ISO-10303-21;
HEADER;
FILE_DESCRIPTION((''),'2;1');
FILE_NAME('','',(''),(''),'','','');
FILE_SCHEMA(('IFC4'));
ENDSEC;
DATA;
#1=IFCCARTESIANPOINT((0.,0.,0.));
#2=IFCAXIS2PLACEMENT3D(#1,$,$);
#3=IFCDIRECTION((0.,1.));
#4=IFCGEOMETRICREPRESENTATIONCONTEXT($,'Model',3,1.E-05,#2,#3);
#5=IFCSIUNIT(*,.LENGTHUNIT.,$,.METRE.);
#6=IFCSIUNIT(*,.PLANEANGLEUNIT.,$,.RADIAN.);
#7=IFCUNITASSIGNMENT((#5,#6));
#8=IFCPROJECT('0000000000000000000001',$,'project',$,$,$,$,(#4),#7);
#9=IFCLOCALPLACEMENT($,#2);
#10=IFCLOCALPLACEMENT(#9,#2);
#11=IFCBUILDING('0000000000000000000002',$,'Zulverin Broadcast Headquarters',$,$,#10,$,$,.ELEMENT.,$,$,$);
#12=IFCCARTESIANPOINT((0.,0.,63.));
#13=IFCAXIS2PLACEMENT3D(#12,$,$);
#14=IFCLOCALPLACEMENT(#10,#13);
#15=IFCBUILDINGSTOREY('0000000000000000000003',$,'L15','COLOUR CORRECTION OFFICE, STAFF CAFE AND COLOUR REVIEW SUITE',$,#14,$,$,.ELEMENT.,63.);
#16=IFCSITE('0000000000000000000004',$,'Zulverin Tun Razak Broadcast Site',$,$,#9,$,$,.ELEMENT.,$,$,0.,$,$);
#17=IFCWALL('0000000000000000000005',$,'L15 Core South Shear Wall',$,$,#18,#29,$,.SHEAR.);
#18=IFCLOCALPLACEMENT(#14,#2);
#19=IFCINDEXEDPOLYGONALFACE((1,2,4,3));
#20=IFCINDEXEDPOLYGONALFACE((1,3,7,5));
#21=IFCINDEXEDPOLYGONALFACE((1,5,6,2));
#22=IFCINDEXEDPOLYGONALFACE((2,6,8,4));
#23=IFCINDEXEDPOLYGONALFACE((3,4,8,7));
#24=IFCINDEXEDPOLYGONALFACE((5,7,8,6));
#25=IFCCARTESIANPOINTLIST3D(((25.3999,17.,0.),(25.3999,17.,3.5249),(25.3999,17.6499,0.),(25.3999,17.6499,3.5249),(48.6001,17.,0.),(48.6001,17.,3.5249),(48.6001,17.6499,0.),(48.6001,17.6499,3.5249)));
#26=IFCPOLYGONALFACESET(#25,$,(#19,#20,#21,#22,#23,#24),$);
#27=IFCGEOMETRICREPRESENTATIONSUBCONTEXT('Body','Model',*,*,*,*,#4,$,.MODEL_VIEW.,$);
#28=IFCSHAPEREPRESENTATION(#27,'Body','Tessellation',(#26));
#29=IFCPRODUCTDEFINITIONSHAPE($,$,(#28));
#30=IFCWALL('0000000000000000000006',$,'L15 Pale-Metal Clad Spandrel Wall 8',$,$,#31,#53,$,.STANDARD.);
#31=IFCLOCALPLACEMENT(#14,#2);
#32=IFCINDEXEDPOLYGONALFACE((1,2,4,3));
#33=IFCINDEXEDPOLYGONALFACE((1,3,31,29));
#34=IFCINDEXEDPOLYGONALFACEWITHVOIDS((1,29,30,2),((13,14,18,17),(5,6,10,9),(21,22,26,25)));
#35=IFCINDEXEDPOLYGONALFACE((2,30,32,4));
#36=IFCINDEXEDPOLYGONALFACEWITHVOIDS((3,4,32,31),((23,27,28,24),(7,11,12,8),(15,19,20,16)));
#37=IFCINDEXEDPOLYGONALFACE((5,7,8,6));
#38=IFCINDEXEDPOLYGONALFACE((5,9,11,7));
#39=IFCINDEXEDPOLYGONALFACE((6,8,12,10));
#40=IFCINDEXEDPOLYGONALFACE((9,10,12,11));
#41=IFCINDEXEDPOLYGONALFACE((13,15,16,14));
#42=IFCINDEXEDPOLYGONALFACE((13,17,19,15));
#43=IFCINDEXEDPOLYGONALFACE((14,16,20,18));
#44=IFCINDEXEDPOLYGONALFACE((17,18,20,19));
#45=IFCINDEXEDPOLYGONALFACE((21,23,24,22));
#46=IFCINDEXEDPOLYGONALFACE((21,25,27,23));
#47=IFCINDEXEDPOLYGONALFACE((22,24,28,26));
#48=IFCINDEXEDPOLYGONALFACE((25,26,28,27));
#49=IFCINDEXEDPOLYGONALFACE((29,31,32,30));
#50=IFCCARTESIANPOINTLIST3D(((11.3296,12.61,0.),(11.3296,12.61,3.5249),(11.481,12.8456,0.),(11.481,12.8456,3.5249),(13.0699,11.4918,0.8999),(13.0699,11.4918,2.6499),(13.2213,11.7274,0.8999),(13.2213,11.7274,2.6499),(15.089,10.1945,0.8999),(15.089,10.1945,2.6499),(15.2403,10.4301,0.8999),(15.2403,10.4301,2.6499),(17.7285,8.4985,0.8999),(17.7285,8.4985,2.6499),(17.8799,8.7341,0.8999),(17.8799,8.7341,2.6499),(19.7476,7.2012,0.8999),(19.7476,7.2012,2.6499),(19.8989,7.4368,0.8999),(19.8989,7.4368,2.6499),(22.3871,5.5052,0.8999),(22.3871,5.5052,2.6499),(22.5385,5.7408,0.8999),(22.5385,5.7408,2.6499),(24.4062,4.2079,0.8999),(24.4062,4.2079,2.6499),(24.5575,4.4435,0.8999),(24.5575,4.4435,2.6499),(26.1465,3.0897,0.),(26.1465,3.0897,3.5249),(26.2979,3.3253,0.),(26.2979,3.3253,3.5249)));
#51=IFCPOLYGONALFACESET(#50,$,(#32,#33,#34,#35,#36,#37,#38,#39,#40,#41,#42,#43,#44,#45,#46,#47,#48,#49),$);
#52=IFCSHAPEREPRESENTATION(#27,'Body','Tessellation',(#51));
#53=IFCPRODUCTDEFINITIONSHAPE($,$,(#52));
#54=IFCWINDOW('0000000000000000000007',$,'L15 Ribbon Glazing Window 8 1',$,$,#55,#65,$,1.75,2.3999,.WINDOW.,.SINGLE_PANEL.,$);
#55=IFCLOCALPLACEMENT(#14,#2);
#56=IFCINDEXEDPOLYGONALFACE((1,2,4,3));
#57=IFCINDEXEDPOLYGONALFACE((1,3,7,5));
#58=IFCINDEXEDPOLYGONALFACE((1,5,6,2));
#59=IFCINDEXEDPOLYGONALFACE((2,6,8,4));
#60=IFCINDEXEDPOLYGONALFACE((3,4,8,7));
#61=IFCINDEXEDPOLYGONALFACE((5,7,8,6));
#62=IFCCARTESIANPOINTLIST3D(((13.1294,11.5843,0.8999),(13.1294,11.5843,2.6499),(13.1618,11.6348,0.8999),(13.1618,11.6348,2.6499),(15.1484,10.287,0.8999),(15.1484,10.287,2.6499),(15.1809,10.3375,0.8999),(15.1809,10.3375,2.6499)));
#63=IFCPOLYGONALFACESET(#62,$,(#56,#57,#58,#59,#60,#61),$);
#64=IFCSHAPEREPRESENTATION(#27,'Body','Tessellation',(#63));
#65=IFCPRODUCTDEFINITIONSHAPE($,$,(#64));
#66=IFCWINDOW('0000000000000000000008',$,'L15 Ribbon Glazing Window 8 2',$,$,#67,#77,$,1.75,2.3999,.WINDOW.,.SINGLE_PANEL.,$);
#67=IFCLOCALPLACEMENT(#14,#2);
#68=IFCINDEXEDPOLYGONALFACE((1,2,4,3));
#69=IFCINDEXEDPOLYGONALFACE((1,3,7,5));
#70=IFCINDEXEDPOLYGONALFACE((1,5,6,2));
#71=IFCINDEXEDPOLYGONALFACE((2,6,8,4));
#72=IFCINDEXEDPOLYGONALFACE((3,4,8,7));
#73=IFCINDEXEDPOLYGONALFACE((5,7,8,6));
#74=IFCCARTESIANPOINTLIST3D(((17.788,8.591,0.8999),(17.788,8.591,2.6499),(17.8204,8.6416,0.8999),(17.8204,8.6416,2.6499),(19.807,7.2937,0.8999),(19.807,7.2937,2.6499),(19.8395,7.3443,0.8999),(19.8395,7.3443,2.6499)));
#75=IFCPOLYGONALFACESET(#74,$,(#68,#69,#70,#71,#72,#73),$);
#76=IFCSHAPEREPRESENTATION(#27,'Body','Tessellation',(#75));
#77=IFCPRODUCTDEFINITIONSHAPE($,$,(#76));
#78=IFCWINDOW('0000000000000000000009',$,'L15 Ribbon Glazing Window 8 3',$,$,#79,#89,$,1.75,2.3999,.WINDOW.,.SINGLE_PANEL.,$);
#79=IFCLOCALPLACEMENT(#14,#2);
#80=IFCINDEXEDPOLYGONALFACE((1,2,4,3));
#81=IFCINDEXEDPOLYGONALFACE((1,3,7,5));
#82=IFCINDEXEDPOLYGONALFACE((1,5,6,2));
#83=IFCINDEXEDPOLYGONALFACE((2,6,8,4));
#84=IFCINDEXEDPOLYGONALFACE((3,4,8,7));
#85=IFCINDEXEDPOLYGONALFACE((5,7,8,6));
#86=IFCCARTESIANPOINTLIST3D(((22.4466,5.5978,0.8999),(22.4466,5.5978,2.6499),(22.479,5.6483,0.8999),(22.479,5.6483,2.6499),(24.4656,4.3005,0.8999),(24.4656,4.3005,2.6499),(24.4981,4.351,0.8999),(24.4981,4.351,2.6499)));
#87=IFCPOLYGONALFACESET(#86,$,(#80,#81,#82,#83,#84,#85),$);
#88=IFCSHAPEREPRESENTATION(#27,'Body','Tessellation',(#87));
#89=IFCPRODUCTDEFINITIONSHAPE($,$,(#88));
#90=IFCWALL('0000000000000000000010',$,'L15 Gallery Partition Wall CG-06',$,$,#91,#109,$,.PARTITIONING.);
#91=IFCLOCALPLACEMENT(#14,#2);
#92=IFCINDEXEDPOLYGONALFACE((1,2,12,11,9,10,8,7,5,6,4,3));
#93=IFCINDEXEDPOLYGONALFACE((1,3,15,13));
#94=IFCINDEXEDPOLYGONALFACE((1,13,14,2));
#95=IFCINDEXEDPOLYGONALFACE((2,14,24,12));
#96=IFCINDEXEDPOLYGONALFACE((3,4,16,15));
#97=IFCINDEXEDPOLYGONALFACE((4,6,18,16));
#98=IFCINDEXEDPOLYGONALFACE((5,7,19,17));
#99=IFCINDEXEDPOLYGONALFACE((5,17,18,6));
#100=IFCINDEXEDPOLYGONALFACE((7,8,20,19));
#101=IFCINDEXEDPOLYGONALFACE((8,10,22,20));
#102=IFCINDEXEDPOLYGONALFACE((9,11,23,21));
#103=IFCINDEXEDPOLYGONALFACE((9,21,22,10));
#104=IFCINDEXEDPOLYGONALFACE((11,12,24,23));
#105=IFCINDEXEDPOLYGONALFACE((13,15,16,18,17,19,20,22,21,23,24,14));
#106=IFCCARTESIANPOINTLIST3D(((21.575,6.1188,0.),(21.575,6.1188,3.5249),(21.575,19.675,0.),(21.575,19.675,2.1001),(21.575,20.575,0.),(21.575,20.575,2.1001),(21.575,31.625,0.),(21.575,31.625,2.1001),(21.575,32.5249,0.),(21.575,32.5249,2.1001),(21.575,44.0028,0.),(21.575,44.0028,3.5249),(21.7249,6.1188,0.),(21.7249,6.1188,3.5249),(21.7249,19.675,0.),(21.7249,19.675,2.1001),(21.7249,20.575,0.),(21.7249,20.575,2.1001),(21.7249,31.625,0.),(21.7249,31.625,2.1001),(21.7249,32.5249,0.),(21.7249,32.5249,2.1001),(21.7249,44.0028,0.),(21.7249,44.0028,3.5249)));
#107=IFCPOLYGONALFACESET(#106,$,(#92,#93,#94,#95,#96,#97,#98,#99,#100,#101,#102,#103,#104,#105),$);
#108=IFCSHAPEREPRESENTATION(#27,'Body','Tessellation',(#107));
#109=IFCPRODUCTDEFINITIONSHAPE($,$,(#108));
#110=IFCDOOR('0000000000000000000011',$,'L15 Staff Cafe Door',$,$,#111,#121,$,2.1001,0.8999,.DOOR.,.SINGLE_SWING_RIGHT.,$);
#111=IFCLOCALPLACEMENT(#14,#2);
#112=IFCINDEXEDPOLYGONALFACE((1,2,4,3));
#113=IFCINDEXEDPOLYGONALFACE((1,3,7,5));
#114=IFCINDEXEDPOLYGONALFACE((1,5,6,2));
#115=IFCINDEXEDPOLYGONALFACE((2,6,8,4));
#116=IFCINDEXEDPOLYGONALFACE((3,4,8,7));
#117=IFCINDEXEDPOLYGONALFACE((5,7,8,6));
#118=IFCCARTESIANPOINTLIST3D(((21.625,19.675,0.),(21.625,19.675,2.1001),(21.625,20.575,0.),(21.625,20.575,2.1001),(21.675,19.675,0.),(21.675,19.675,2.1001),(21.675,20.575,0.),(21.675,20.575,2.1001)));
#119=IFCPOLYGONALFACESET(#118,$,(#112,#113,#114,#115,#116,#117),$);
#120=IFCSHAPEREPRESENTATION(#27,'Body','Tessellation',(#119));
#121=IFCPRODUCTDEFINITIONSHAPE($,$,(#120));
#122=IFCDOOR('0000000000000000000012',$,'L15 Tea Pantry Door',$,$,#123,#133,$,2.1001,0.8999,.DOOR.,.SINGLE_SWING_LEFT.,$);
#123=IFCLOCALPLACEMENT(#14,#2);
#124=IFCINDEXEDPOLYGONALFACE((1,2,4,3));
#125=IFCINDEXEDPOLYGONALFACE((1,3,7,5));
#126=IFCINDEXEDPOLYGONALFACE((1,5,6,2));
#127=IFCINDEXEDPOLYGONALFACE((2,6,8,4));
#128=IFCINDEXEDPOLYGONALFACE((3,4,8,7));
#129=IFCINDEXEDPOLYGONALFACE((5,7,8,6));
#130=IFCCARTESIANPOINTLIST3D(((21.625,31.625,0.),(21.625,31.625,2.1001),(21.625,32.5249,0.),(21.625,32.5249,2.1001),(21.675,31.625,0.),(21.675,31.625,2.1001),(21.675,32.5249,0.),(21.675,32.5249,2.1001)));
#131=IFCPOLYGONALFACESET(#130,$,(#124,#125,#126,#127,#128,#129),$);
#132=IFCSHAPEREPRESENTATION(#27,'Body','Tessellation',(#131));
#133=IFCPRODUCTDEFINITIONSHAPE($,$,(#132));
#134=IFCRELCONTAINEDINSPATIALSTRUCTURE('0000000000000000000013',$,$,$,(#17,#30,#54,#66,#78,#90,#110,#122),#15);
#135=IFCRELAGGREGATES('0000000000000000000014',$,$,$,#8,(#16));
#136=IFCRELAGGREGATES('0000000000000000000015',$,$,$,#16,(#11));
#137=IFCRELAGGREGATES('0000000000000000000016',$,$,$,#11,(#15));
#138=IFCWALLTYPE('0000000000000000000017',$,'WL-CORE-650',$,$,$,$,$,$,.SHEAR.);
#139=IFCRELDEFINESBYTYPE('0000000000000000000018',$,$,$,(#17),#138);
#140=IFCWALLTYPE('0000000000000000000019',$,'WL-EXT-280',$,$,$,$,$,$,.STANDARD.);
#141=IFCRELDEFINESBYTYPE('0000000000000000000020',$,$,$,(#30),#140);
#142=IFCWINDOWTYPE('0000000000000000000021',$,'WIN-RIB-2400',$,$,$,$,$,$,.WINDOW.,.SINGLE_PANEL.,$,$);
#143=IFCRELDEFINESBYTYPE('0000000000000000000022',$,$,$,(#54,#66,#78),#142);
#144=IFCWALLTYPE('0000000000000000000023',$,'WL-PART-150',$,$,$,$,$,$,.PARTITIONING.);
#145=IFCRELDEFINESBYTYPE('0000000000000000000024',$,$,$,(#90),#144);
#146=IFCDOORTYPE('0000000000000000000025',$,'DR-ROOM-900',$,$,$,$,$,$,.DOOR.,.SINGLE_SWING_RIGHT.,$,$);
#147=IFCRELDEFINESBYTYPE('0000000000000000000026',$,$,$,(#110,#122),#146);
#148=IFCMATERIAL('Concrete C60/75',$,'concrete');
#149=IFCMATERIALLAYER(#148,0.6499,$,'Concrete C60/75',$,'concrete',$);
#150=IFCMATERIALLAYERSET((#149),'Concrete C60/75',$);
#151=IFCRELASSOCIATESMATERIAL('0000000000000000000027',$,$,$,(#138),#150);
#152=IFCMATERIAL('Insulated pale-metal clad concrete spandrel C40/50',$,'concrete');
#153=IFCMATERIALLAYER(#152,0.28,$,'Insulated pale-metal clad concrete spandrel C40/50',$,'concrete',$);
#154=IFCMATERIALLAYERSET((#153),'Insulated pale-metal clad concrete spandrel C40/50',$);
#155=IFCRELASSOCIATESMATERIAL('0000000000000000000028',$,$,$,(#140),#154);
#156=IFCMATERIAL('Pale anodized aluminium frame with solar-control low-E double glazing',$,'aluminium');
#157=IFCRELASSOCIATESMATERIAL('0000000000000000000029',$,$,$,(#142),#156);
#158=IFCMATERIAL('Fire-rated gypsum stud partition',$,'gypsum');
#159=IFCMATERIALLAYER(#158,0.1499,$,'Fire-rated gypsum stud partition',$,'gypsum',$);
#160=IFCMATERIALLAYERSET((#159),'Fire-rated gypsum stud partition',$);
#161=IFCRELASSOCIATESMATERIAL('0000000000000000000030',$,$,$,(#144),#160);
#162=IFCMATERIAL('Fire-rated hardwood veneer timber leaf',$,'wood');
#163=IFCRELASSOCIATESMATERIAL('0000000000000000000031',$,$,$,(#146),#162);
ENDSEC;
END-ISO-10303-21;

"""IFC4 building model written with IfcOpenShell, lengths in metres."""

from ifc_helpers import new_model, si_unit, direction, frame, frame_2d, origin, place, context, subcontext, project, spatial, rectangle, extrude, material, layer, layer_set, type_object, element, fill, save


model = new_model("IFC4")

# Units and contexts
model_context = context("Model", 3, precision=1e-05, world=origin(), true_north=direction((0.0, 1.0)))
body_context = subcontext(model_context, "Body", "Model", "MODEL_VIEW")
ifc_project = project(units=[si_unit("LENGTHUNIT", "METRE"), si_unit("PLANEANGLEUNIT", "RADIAN")], contexts=[model_context])

# Site, building, storey
site_placement = place(None, origin())
site = spatial("IfcSite", under=ifc_project, at=site_placement, Name="Zulverin Tun Razak Broadcast Site", CompositionType="ELEMENT", RefElevation=0.0)
building_placement = place(site_placement, origin())
building = spatial("IfcBuilding", under=site, at=building_placement, Name="Zulverin Broadcast Headquarters", CompositionType="ELEMENT")
storey_placement = place(building_placement, frame((0.0, 0.0, 63.0)))
storey = spatial("IfcBuildingStorey", under=building, at=storey_placement, Name="L15", Description="COLOUR CORRECTION OFFICE, STAFF CAFE AND COLOUR REVIEW SUITE", CompositionType="ELEMENT", Elevation=63.0)

# Shared definitions
ifc_material_1 = material(Name="Concrete C60/75", Category="concrete")

# Wall
ifc_layer_1 = layer(ifc_material_1, 0.6499, Name="Concrete C60/75", Category="concrete")
ifc_layer_set_1 = layer_set([ifc_layer_1], Name="Concrete C60/75")
wall_type_1 = type_object("IfcWallType", Name="WL-CORE-650", PredefinedType="SHEAR", material=ifc_layer_set_1)
wall_1_placement = place(storey_placement, frame((25.3999, 17.325, 0.0), z_axis=(0.0, 0.0, 1.0), x_axis=(1.0, 0.0, 0.0)))
element("IfcWall", 1, at=wall_1_placement, inside=storey, type_object=wall_type_1, Name="L15 Core South Shear Wall", PredefinedType="SHEAR", context=body_context, shape_type="SweptSolid", body=[
    extrude(rectangle(XDim=23.2002, YDim=0.6499, at=frame_2d((11.6001, 0.0))), origin(), (0.0, 0.0, 1.0), 3.5249),
])

# Wall, openings, windows
ifc_material_2 = material(Name="Insulated pale-metal clad concrete spandrel C40/50", Category="concrete")
ifc_layer_2 = layer(ifc_material_2, 0.28, Name="Insulated pale-metal clad concrete spandrel C40/50", Category="concrete")
ifc_layer_set_2 = layer_set([ifc_layer_2], Name="Insulated pale-metal clad concrete spandrel C40/50")
wall_type_2 = type_object("IfcWallType", Name="WL-EXT-280", PredefinedType="STANDARD", material=ifc_layer_set_2)
wall_2_placement = place(storey_placement, frame((11.4053, 12.7278, 0.0), z_axis=(0.0, 0.0, 1.0), x_axis=(0.841305, -0.540561, 0.0)))
wall_2 = element("IfcWall", 2, at=wall_2_placement, inside=storey, type_object=wall_type_2, Name="L15 Pale-Metal Clad Spandrel Wall 8", PredefinedType="STANDARD", context=body_context, shape_type="SweptSolid", body=[
    extrude(rectangle(XDim=17.6118, YDim=0.28, at=frame_2d((8.8059, 0.0))), origin(), (0.0, 0.0, 1.0), 3.5249),
])
opening_1_placement = place(wall_2_placement, frame((2.0686, 0.0, 0.8999)))
opening_1 = element("IfcOpeningElement", 3, at=opening_1_placement, cuts=wall_2, PredefinedType="OPENING", context=body_context, shape_type="SweptSolid", body=[
    extrude(rectangle(XDim=2.3999, YDim=1.75, at=frame_2d((1.2, 0.875))), frame((0.0, 0.1499, 0.0), z_axis=(0.0, -1.0, 0.0), x_axis=(1.0, 0.0, 0.0)), (0.0, 0.0, 1.0), 0.3),
])
opening_2_placement = place(wall_2_placement, frame((7.606, 0.0, 0.8999)))
opening_2 = element("IfcOpeningElement", 4, at=opening_2_placement, cuts=wall_2, PredefinedType="OPENING", context=body_context, shape_type="SweptSolid", body=[
    extrude(rectangle(XDim=2.3999, YDim=1.75, at=frame_2d((1.2, 0.875))), frame((0.0, 0.1499, 0.0), z_axis=(0.0, -1.0, 0.0), x_axis=(1.0, 0.0, 0.0)), (0.0, 0.0, 1.0), 0.3),
])
opening_3_placement = place(wall_2_placement, frame((13.1433, 0.0, 0.8999)))
opening_3 = element("IfcOpeningElement", 5, at=opening_3_placement, cuts=wall_2, PredefinedType="OPENING", context=body_context, shape_type="SweptSolid", body=[
    extrude(rectangle(XDim=2.3999, YDim=1.75, at=frame_2d((1.2, 0.875))), frame((0.0, 0.1499, 0.0), z_axis=(0.0, -1.0, 0.0), x_axis=(1.0, 0.0, 0.0)), (0.0, 0.0, 1.0), 0.3),
])
ifc_material_3 = material(Name="Pale anodized aluminium frame with solar-control low-E double glazing", Category="aluminium")
window_type = type_object("IfcWindowType", Name="WIN-RIB-2400", PartitioningType="SINGLE_PANEL", PredefinedType="WINDOW", material=ifc_material_3)
window_1_placement = place(opening_1_placement, origin())
window_1 = element("IfcWindow", 6, at=window_1_placement, inside=storey, type_object=window_type, Name="L15 Ribbon Glazing Window 8 1", OverallHeight=1.75, OverallWidth=2.3999, PartitioningType="SINGLE_PANEL", PredefinedType="WINDOW", context=body_context, shape_type="SweptSolid", body=[
    extrude(rectangle(XDim=2.3999, YDim=1.75, at=frame_2d((1.2, 0.875))), frame((0.0, 0.03, 0.0), z_axis=(0.0, -1.0, 0.0), x_axis=(1.0, 0.0, 0.0)), (0.0, 0.0, 1.0), 0.0601),
])
fill(opening_1, window_1)
window_2_placement = place(opening_2_placement, origin())
window_2 = element("IfcWindow", 7, at=window_2_placement, inside=storey, type_object=window_type, Name="L15 Ribbon Glazing Window 8 2", OverallHeight=1.75, OverallWidth=2.3999, PartitioningType="SINGLE_PANEL", PredefinedType="WINDOW", context=body_context, shape_type="SweptSolid", body=[
    extrude(rectangle(XDim=2.3999, YDim=1.75, at=frame_2d((1.2, 0.875))), frame((0.0, 0.03, 0.0), z_axis=(0.0, -1.0, 0.0), x_axis=(1.0, 0.0, 0.0)), (0.0, 0.0, 1.0), 0.0601),
])
fill(opening_2, window_2)
window_3_placement = place(opening_3_placement, origin())
window_3 = element("IfcWindow", 8, at=window_3_placement, inside=storey, type_object=window_type, Name="L15 Ribbon Glazing Window 8 3", OverallHeight=1.75, OverallWidth=2.3999, PartitioningType="SINGLE_PANEL", PredefinedType="WINDOW", context=body_context, shape_type="SweptSolid", body=[
    extrude(rectangle(XDim=2.3999, YDim=1.75, at=frame_2d((1.2, 0.875))), frame((0.0, 0.03, 0.0), z_axis=(0.0, -1.0, 0.0), x_axis=(1.0, 0.0, 0.0)), (0.0, 0.0, 1.0), 0.0601),
])
fill(opening_3, window_3)

# Wall, openings, doors
ifc_material_4 = material(Name="Fire-rated gypsum stud partition", Category="gypsum")
ifc_layer_3 = layer(ifc_material_4, 0.1499, Name="Fire-rated gypsum stud partition", Category="gypsum")
ifc_layer_set_3 = layer_set([ifc_layer_3], Name="Fire-rated gypsum stud partition")
wall_type_3 = type_object("IfcWallType", Name="WL-PART-150", PredefinedType="PARTITIONING", material=ifc_layer_set_3)
wall_3_placement = place(storey_placement, frame((21.6499, 6.1189, 0.0), z_axis=(0.0, 0.0, 1.0), x_axis=(0.0, 1.0, 0.0)))
wall_3 = element("IfcWall", 9, at=wall_3_placement, inside=storey, type_object=wall_type_3, Name="L15 Gallery Partition Wall CG-06", PredefinedType="PARTITIONING", context=body_context, shape_type="SweptSolid", body=[
    extrude(rectangle(XDim=37.884, YDim=0.1499, at=frame_2d((18.9419, 0.0))), origin(), (0.0, 0.0, 1.0), 3.5249),
])
opening_4_placement = place(wall_3_placement, frame((13.5562, 0.0, 0.0)))
opening_4 = element("IfcOpeningElement", 10, at=opening_4_placement, cuts=wall_3, PredefinedType="OPENING", context=body_context, shape_type="SweptSolid", body=[
    extrude(rectangle(XDim=0.8999, YDim=2.1001, at=frame_2d((0.45, 1.05))), frame((0.0, 0.085, 0.0), z_axis=(0.0, -1.0, 0.0), x_axis=(1.0, 0.0, 0.0)), (0.0, 0.0, 1.0), 0.1699),
])
opening_5_placement = place(wall_3_placement, frame((25.5061, 0.0, 0.0)))
opening_5 = element("IfcOpeningElement", 11, at=opening_5_placement, cuts=wall_3, PredefinedType="OPENING", context=body_context, shape_type="SweptSolid", body=[
    extrude(rectangle(XDim=0.8999, YDim=2.1001, at=frame_2d((0.45, 1.05))), frame((0.0, 0.085, 0.0), z_axis=(0.0, -1.0, 0.0), x_axis=(1.0, 0.0, 0.0)), (0.0, 0.0, 1.0), 0.1699),
])
ifc_material_5 = material(Name="Fire-rated hardwood veneer timber leaf", Category="wood")
door_type = type_object("IfcDoorType", Name="DR-ROOM-900", OperationType="SINGLE_SWING_RIGHT", PredefinedType="DOOR", material=ifc_material_5)
door_1_placement = place(opening_4_placement, origin())
door_1 = element("IfcDoor", 12, at=door_1_placement, inside=storey, type_object=door_type, Name="L15 Staff Cafe Door", OperationType="SINGLE_SWING_RIGHT", OverallHeight=2.1001, OverallWidth=0.8999, PredefinedType="DOOR", context=body_context, shape_type="SweptSolid", body=[
    extrude(rectangle(XDim=0.8999, YDim=2.1001, at=frame_2d((0.45, 1.05))), frame((0.0, 0.0249, 0.0), z_axis=(0.0, -1.0, 0.0), x_axis=(1.0, 0.0, 0.0)), (0.0, 0.0, 1.0), 0.05),
])
fill(opening_4, door_1)
door_2_placement = place(opening_5_placement, origin())
door_2 = element("IfcDoor", 13, at=door_2_placement, inside=storey, type_object=door_type, Name="L15 Tea Pantry Door", OperationType="SINGLE_SWING_LEFT", OverallHeight=2.1001, OverallWidth=0.8999, PredefinedType="DOOR", context=body_context, shape_type="SweptSolid", body=[
    extrude(rectangle(XDim=0.8999, YDim=2.1001, at=frame_2d((0.45, 1.05))), frame((0.0, 0.0249, 0.0), z_axis=(0.0, -1.0, 0.0), x_axis=(1.0, 0.0, 0.0)), (0.0, 0.0, 1.0), 0.05),
])
fill(opening_5, door_2)

save(model, "model.ifc")
